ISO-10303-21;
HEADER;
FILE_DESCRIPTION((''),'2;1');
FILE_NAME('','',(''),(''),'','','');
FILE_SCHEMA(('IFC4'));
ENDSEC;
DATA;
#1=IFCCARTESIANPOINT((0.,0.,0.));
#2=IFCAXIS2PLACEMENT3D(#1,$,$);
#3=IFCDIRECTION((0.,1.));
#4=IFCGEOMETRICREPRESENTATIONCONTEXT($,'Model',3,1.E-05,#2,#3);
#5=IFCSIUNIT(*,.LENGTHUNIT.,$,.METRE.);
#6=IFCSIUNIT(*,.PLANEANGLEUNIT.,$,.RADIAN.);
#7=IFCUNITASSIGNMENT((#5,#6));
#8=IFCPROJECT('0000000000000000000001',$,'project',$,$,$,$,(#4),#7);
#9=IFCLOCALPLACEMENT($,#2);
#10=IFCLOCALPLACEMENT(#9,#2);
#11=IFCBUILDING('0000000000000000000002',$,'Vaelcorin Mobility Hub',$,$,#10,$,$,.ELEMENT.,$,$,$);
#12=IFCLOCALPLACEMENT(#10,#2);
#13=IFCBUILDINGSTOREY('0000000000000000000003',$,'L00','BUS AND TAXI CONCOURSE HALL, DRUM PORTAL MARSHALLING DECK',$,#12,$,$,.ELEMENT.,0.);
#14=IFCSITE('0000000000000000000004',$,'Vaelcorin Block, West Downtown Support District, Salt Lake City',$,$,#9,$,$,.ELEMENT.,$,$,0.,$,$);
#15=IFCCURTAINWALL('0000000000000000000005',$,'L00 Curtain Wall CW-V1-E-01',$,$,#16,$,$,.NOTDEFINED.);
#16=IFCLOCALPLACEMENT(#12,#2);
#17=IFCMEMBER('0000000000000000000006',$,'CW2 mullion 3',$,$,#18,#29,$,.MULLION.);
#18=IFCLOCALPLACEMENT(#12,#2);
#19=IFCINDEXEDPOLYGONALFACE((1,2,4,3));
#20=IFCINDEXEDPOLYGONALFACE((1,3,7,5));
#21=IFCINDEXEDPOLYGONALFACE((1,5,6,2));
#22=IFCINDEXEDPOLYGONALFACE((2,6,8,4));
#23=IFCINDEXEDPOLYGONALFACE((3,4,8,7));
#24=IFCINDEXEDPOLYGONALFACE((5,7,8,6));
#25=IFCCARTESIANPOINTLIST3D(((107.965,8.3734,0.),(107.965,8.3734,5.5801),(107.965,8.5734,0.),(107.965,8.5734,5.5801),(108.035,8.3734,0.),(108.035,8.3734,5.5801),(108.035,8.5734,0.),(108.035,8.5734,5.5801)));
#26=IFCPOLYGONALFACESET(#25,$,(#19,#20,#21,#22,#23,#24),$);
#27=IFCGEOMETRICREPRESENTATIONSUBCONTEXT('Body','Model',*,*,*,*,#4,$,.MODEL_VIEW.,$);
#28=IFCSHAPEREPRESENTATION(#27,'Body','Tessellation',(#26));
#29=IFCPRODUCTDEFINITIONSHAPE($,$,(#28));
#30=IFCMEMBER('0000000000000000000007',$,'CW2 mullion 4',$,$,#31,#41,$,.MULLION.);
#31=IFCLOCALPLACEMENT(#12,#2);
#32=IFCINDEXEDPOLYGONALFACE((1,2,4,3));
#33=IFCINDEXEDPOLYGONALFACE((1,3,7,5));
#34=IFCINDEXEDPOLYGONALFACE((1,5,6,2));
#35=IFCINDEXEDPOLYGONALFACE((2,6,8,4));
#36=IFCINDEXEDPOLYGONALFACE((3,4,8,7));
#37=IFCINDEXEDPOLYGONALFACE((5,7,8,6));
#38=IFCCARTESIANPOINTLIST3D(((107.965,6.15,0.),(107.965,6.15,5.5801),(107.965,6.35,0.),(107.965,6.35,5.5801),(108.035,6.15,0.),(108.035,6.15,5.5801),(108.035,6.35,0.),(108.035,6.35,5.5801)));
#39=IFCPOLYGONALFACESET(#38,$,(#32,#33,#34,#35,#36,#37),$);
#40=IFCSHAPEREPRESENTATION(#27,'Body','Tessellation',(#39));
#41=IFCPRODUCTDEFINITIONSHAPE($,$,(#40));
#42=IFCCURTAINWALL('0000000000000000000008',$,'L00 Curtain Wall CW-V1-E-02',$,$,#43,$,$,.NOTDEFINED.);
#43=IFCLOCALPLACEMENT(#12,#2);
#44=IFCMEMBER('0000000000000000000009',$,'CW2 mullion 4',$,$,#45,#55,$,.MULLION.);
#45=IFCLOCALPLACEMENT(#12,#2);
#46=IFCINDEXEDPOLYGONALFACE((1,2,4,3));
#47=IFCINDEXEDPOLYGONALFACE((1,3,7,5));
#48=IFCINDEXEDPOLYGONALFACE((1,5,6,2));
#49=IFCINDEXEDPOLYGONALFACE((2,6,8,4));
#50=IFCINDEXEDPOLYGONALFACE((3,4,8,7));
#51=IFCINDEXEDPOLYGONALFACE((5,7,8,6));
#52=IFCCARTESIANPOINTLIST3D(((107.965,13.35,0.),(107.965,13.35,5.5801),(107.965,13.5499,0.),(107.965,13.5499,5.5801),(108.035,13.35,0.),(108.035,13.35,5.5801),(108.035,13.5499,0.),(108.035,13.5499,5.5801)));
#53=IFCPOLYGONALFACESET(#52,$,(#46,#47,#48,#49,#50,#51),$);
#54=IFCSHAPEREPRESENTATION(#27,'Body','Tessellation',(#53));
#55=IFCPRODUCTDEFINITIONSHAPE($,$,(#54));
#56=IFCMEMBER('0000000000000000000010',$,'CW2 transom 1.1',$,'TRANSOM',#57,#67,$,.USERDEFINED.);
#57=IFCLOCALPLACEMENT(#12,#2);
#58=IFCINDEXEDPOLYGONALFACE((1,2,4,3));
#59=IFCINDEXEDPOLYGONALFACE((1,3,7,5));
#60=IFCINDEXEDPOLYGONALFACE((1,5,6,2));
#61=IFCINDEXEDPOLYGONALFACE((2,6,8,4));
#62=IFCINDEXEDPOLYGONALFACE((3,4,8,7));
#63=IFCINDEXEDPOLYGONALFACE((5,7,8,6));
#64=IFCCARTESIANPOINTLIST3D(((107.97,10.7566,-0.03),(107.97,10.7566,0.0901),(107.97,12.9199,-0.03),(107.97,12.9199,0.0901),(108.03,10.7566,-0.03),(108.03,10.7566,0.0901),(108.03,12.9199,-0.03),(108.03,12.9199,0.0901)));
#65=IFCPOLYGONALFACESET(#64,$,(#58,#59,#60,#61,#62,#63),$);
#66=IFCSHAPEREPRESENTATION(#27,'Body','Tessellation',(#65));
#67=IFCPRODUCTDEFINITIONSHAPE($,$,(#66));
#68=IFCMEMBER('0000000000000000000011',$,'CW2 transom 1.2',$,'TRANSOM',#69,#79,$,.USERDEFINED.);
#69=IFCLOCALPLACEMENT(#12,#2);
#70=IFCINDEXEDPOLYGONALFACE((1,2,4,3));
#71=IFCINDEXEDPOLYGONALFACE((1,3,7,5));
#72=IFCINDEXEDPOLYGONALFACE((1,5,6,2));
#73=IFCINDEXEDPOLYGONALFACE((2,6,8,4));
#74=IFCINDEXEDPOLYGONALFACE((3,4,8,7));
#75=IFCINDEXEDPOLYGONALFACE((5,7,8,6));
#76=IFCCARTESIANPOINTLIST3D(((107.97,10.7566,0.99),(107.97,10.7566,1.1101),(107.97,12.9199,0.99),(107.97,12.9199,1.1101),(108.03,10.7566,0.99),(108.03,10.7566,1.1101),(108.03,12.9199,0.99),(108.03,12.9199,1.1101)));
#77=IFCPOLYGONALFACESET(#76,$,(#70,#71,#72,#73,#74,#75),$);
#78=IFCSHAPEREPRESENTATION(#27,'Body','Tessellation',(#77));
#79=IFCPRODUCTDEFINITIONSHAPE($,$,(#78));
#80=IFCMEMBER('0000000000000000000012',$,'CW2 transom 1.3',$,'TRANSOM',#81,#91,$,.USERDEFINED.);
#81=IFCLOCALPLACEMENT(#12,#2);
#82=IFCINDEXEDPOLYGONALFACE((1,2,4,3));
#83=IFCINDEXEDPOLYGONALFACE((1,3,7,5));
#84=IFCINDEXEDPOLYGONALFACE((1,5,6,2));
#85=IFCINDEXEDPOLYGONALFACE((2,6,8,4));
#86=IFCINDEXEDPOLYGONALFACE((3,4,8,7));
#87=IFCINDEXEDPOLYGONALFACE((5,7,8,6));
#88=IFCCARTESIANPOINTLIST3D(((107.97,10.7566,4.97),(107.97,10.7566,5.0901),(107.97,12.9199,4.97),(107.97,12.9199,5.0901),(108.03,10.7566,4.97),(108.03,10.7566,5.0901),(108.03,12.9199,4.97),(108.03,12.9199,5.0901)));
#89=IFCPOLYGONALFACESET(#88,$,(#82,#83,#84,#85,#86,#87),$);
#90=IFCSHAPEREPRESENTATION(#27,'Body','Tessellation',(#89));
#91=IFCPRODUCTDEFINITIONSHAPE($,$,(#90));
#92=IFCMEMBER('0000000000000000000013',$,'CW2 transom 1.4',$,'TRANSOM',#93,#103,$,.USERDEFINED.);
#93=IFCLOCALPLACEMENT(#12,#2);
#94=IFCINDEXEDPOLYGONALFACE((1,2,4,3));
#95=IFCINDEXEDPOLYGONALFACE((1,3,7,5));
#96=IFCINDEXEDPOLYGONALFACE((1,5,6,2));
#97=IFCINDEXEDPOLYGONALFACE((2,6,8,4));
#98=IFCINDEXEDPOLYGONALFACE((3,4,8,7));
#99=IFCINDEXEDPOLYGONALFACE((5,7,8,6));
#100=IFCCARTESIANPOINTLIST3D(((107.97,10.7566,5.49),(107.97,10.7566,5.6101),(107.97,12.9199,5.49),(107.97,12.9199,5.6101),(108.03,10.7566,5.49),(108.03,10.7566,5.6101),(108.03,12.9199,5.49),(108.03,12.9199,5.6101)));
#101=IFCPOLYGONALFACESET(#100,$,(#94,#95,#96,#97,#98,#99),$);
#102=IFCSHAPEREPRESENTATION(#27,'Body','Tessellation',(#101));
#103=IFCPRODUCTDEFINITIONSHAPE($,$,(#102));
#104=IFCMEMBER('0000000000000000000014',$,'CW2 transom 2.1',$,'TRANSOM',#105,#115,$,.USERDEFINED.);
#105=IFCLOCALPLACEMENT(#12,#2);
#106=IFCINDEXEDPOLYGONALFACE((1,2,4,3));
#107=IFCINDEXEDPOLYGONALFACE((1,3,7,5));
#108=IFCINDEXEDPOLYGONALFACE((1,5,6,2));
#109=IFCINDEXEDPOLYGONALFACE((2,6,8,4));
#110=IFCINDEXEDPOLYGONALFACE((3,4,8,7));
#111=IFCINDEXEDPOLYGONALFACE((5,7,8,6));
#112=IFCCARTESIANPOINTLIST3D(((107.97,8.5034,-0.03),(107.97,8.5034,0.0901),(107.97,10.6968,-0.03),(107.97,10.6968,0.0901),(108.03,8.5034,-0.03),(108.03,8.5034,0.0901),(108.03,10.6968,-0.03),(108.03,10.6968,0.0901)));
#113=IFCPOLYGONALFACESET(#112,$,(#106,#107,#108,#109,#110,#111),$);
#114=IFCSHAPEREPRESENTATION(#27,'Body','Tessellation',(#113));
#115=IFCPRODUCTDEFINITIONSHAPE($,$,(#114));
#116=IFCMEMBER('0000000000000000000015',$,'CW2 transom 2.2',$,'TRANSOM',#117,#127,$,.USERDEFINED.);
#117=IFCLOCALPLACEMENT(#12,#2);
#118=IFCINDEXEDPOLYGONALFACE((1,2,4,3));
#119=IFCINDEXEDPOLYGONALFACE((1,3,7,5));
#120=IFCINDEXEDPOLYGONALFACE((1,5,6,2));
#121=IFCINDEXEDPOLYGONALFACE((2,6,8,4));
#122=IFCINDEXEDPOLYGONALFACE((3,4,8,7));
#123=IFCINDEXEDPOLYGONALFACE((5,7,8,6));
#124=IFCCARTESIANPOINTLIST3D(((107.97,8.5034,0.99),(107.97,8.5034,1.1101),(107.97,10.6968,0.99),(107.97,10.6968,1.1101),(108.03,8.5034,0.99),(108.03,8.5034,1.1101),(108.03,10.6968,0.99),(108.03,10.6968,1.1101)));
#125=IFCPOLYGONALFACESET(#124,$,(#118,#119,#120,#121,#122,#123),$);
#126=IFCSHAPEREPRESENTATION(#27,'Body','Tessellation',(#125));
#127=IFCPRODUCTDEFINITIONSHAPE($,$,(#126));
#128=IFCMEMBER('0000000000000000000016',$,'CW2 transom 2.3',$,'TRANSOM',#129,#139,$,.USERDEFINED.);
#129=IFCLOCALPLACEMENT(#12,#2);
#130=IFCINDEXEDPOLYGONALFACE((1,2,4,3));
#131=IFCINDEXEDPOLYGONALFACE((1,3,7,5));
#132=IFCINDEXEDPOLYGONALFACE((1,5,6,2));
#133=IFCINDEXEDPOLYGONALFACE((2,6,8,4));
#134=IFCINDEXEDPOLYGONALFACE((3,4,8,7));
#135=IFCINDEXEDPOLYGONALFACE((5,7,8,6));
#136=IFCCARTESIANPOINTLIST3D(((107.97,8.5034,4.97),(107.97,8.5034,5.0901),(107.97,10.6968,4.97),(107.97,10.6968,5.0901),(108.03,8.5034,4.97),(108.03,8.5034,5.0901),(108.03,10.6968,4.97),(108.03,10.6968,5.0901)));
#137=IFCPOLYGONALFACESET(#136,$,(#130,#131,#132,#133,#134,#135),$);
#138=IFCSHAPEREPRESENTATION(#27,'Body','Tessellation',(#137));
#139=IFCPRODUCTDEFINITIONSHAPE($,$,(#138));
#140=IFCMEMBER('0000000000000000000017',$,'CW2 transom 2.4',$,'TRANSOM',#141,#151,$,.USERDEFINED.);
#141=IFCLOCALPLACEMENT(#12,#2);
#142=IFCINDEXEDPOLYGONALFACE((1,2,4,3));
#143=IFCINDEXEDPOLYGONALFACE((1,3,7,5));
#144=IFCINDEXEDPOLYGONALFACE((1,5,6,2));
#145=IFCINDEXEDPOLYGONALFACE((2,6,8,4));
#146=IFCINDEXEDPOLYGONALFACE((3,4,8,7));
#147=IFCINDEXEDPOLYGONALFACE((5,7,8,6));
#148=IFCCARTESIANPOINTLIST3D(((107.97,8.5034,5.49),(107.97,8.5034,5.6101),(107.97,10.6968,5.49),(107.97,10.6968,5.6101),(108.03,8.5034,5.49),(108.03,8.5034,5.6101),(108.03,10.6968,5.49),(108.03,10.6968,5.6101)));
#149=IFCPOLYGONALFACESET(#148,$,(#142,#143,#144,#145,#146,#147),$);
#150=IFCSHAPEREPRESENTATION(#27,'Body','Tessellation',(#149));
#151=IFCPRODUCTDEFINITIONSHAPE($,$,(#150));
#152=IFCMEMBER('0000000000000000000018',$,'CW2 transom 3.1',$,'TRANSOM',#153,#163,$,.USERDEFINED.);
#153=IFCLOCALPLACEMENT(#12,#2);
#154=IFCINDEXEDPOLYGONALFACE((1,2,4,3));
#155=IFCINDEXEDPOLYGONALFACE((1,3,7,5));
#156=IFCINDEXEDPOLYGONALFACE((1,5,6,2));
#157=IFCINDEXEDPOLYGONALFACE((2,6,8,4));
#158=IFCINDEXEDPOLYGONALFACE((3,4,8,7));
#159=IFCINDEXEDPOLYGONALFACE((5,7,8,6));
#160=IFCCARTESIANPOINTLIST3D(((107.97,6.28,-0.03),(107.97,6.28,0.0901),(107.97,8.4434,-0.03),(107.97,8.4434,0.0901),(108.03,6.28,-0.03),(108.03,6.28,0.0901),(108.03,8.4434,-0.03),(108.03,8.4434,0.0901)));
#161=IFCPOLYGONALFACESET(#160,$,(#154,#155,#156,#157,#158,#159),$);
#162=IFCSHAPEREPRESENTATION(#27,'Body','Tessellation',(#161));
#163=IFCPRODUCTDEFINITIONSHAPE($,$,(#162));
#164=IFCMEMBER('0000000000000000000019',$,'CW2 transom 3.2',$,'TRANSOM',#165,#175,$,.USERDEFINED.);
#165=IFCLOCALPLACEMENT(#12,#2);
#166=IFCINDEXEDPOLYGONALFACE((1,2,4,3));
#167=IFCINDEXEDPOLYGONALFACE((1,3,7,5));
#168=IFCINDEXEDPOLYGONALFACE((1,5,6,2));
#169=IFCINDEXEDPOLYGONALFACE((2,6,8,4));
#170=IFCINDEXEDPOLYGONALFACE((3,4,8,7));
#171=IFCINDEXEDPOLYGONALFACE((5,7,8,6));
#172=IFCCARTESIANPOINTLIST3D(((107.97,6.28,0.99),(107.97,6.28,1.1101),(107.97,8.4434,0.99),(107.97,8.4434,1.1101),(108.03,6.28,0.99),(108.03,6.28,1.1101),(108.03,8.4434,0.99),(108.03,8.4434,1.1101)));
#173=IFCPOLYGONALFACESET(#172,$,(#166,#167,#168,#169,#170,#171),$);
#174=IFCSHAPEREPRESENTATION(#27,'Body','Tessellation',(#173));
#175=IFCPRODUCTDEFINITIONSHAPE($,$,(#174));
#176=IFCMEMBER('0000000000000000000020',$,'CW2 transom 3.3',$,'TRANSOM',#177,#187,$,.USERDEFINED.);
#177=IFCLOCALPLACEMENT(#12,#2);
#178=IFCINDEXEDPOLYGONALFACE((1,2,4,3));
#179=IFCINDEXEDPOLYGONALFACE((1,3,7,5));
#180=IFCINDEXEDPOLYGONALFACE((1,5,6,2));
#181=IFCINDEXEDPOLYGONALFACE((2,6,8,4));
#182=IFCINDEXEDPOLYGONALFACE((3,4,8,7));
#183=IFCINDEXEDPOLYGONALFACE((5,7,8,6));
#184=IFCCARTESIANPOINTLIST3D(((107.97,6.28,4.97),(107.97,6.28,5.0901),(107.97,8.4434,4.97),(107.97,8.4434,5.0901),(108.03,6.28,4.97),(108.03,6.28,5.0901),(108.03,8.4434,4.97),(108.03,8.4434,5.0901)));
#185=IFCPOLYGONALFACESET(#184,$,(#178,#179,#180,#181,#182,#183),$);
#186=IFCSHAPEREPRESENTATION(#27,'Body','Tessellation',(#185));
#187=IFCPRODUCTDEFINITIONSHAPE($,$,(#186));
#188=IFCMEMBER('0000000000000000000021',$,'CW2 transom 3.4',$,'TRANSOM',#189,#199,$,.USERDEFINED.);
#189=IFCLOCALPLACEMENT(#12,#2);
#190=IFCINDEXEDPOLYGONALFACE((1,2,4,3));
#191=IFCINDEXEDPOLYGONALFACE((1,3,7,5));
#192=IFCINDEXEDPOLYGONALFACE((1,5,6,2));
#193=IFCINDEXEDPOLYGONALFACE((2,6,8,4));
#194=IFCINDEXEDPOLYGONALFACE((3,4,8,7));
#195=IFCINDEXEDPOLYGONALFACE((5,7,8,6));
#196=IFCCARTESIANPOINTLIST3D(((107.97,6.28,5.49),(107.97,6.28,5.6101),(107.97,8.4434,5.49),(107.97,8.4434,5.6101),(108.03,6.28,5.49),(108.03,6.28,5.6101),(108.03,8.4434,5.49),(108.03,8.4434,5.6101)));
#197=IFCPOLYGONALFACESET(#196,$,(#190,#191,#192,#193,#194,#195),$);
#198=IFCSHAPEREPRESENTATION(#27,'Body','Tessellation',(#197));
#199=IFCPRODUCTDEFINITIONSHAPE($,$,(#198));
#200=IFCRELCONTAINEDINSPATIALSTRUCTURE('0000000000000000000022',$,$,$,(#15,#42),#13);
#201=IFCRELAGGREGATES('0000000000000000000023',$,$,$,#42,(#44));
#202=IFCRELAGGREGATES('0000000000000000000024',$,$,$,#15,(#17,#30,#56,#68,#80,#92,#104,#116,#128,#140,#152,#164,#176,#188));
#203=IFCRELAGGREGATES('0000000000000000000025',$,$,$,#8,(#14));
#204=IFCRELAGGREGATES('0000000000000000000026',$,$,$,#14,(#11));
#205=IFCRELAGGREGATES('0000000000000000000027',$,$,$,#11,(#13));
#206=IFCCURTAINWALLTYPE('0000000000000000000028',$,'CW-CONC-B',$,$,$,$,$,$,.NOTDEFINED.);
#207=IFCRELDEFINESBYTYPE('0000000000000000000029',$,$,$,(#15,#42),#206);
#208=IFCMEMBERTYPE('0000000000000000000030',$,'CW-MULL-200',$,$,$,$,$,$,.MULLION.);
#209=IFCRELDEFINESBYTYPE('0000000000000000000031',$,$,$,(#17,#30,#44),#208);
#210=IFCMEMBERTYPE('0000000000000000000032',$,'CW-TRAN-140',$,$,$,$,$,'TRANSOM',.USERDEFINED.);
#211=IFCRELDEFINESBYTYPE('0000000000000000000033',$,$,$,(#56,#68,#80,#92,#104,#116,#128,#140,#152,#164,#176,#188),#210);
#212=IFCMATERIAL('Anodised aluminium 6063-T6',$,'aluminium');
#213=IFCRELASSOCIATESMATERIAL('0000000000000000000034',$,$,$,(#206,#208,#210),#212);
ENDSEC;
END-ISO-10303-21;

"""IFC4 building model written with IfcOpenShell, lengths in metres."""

from ifc_helpers import new_model, si_unit, direction, frame, origin, origin_2d, place, context, subcontext, project, spatial, rectangle, extrude, material, material_profile, profile_set, type_object, element, aggregate, save


model = new_model("IFC4")

# Units and contexts
model_context = context("Model", 3, precision=1e-05, world=origin(), true_north=direction((0.0, 1.0)))
body_context = subcontext(model_context, "Body", "Model", "MODEL_VIEW")
ifc_project = project(units=[si_unit("LENGTHUNIT", "METRE"), si_unit("PLANEANGLEUNIT", "RADIAN")], contexts=[model_context])

# Site, building, storey
site_placement = place(None, origin())
site = spatial("IfcSite", under=ifc_project, at=site_placement, Name="Vaelcorin Block, West Downtown Support District, Salt Lake City", CompositionType="ELEMENT", RefElevation=0.0)
building_placement = place(site_placement, origin())
building = spatial("IfcBuilding", under=site, at=building_placement, Name="Vaelcorin Mobility Hub", CompositionType="ELEMENT")
storey_placement = place(building_placement, origin())
storey = spatial("IfcBuildingStorey", under=building, at=storey_placement, Name="L00", Description="BUS AND TAXI CONCOURSE HALL, DRUM PORTAL MARSHALLING DECK", CompositionType="ELEMENT", Elevation=0.0)

# Curtain wall, members
ifc_material_1 = material(Name="Anodised aluminium 6063-T6", Category="aluminium")
curtain_wall_type = type_object("IfcCurtainWallType", Name="CW-CONC-B", PredefinedType="NOTDEFINED", material=ifc_material_1)
curtain_wall_1_placement = place(storey_placement, origin())
curtain_wall_1 = element("IfcCurtainWall", 1, at=curtain_wall_1_placement, inside=storey, type_object=curtain_wall_type, Name="L00 Curtain Wall CW-V1-E-01", PredefinedType="NOTDEFINED")
ifc_material_profile_1 = material_profile(ifc_material_1, rectangle(XDim=0.0701, YDim=0.2, at=origin_2d()), Name="ALU-M70X200")
ifc_profile_set_1 = profile_set([ifc_material_profile_1], Name="Anodised aluminium 6063-T6")
member_type_1 = type_object("IfcMemberType", Name="CW-MULL-200", PredefinedType="MULLION", material=ifc_profile_set_1)
member_1_placement = place(storey_placement, frame((108.0, 8.4734, 0.0), z_axis=(0.0, 0.0, 1.0), x_axis=(1.0, 0.0, 0.0)))
member_1 = element("IfcMember", 2, at=member_1_placement, type_object=member_type_1, Name="CW2 mullion 3", PredefinedType="MULLION", context=body_context, shape_type="SweptSolid", body=[
    extrude(rectangle(XDim=0.0701, YDim=0.2, at=origin_2d()), origin(), (0.0, 0.0, 1.0), 5.5801),
])
member_2_placement = place(storey_placement, frame((108.0, 6.25, 0.0), z_axis=(0.0, 0.0, 1.0), x_axis=(1.0, 0.0, 0.0)))
member_2 = element("IfcMember", 3, at=member_2_placement, type_object=member_type_1, Name="CW2 mullion 4", PredefinedType="MULLION", context=body_context, shape_type="SweptSolid", body=[
    extrude(rectangle(XDim=0.0701, YDim=0.2, at=origin_2d()), origin(), (0.0, 0.0, 1.0), 5.5801),
])

# Curtain wall, member
curtain_wall_2_placement = place(storey_placement, origin())
curtain_wall_2 = element("IfcCurtainWall", 4, at=curtain_wall_2_placement, inside=storey, type_object=curtain_wall_type, Name="L00 Curtain Wall CW-V1-E-02", PredefinedType="NOTDEFINED")
member_3_placement = place(storey_placement, frame((108.0, 13.45, 0.0), z_axis=(0.0, 0.0, 1.0), x_axis=(1.0, 0.0, 0.0)))
member_3 = element("IfcMember", 5, at=member_3_placement, type_object=member_type_1, Name="CW2 mullion 4", PredefinedType="MULLION", context=body_context, shape_type="SweptSolid", body=[
    extrude(rectangle(XDim=0.0701, YDim=0.2, at=origin_2d()), origin(), (0.0, 0.0, 1.0), 5.5801),
])
aggregate(curtain_wall_2, [member_3])

# Members
ifc_material_profile_2 = material_profile(ifc_material_1, rectangle(XDim=0.0601, YDim=0.1201, at=origin_2d()), Name="ALU-T60X120")
ifc_profile_set_2 = profile_set([ifc_material_profile_2], Name="Anodised aluminium 6063-T6")
member_type_2 = type_object("IfcMemberType", Name="CW-TRAN-140", ElementType="TRANSOM", PredefinedType="USERDEFINED", material=ifc_profile_set_2)
member_4_placement = place(storey_placement, frame((108.0, 12.9199, 0.03), z_axis=(0.0, -1.0, 0.0), x_axis=(1.0, 0.0, 0.0)))
member_4 = element("IfcMember", 6, at=member_4_placement, type_object=member_type_2, Name="CW2 transom 1.1", ObjectType="TRANSOM", PredefinedType="USERDEFINED", context=body_context, shape_type="SweptSolid", body=[
    extrude(rectangle(XDim=0.0601, YDim=0.1201, at=origin_2d()), origin(), (0.0, 0.0, 1.0), 2.1633),
])
member_5_placement = place(storey_placement, frame((108.0, 12.9199, 1.05), z_axis=(0.0, -1.0, 0.0), x_axis=(1.0, 0.0, 0.0)))
member_5 = element("IfcMember", 7, at=member_5_placement, type_object=member_type_2, Name="CW2 transom 1.2", ObjectType="TRANSOM", PredefinedType="USERDEFINED", context=body_context, shape_type="SweptSolid", body=[
    extrude(rectangle(XDim=0.0601, YDim=0.1201, at=origin_2d()), origin(), (0.0, 0.0, 1.0), 2.1633),
])
member_6_placement = place(storey_placement, frame((108.0, 12.9199, 5.03), z_axis=(0.0, -1.0, 0.0), x_axis=(1.0, 0.0, 0.0)))
member_6 = element("IfcMember", 8, at=member_6_placement, type_object=member_type_2, Name="CW2 transom 1.3", ObjectType="TRANSOM", PredefinedType="USERDEFINED", context=body_context, shape_type="SweptSolid", body=[
    extrude(rectangle(XDim=0.0601, YDim=0.1201, at=origin_2d()), origin(), (0.0, 0.0, 1.0), 2.1633),
])
member_7_placement = place(storey_placement, frame((108.0, 12.9199, 5.55), z_axis=(0.0, -1.0, 0.0), x_axis=(1.0, 0.0, 0.0)))
member_7 = element("IfcMember", 9, at=member_7_placement, type_object=member_type_2, Name="CW2 transom 1.4", ObjectType="TRANSOM", PredefinedType="USERDEFINED", context=body_context, shape_type="SweptSolid", body=[
    extrude(rectangle(XDim=0.0601, YDim=0.1201, at=origin_2d()), origin(), (0.0, 0.0, 1.0), 2.1633),
])
member_8_placement = place(storey_placement, frame((108.0, 10.6968, 0.03), z_axis=(0.0, -1.0, 0.0), x_axis=(1.0, 0.0, 0.0)))
member_8 = element("IfcMember", 10, at=member_8_placement, type_object=member_type_2, Name="CW2 transom 2.1", ObjectType="TRANSOM", PredefinedType="USERDEFINED", context=body_context, shape_type="SweptSolid", body=[
    extrude(rectangle(XDim=0.0601, YDim=0.1201, at=origin_2d()), origin(), (0.0, 0.0, 1.0), 2.1934),
])
member_9_placement = place(storey_placement, frame((108.0, 10.6968, 1.05), z_axis=(0.0, -1.0, 0.0), x_axis=(1.0, 0.0, 0.0)))
member_9 = element("IfcMember", 11, at=member_9_placement, type_object=member_type_2, Name="CW2 transom 2.2", ObjectType="TRANSOM", PredefinedType="USERDEFINED", context=body_context, shape_type="SweptSolid", body=[
    extrude(rectangle(XDim=0.0601, YDim=0.1201, at=origin_2d()), origin(), (0.0, 0.0, 1.0), 2.1934),
])
member_10_placement = place(storey_placement, frame((108.0, 10.6968, 5.03), z_axis=(0.0, -1.0, 0.0), x_axis=(1.0, 0.0, 0.0)))
member_10 = element("IfcMember", 12, at=member_10_placement, type_object=member_type_2, Name="CW2 transom 2.3", ObjectType="TRANSOM", PredefinedType="USERDEFINED", context=body_context, shape_type="SweptSolid", body=[
    extrude(rectangle(XDim=0.0601, YDim=0.1201, at=origin_2d()), origin(), (0.0, 0.0, 1.0), 2.1934),
])
member_11_placement = place(storey_placement, frame((108.0, 10.6968, 5.55), z_axis=(0.0, -1.0, 0.0), x_axis=(1.0, 0.0, 0.0)))
member_11 = element("IfcMember", 13, at=member_11_placement, type_object=member_type_2, Name="CW2 transom 2.4", ObjectType="TRANSOM", PredefinedType="USERDEFINED", context=body_context, shape_type="SweptSolid", body=[
    extrude(rectangle(XDim=0.0601, YDim=0.1201, at=origin_2d()), origin(), (0.0, 0.0, 1.0), 2.1934),
])
member_12_placement = place(storey_placement, frame((108.0, 8.4434, 0.03), z_axis=(0.0, -1.0, 0.0), x_axis=(1.0, 0.0, 0.0)))
member_12 = element("IfcMember", 14, at=member_12_placement, type_object=member_type_2, Name="CW2 transom 3.1", ObjectType="TRANSOM", PredefinedType="USERDEFINED", context=body_context, shape_type="SweptSolid", body=[
    extrude(rectangle(XDim=0.0601, YDim=0.1201, at=origin_2d()), origin(), (0.0, 0.0, 1.0), 2.1633),
])
member_13_placement = place(storey_placement, frame((108.0, 8.4434, 1.05), z_axis=(0.0, -1.0, 0.0), x_axis=(1.0, 0.0, 0.0)))
member_13 = element("IfcMember", 15, at=member_13_placement, type_object=member_type_2, Name="CW2 transom 3.2", ObjectType="TRANSOM", PredefinedType="USERDEFINED", context=body_context, shape_type="SweptSolid", body=[
    extrude(rectangle(XDim=0.0601, YDim=0.1201, at=origin_2d()), origin(), (0.0, 0.0, 1.0), 2.1633),
])
member_14_placement = place(storey_placement, frame((108.0, 8.4434, 5.03), z_axis=(0.0, -1.0, 0.0), x_axis=(1.0, 0.0, 0.0)))
member_14 = element("IfcMember", 16, at=member_14_placement, type_object=member_type_2, Name="CW2 transom 3.3", ObjectType="TRANSOM", PredefinedType="USERDEFINED", context=body_context, shape_type="SweptSolid", body=[
    extrude(rectangle(XDim=0.0601, YDim=0.1201, at=origin_2d()), origin(), (0.0, 0.0, 1.0), 2.1633),
])
member_15_placement = place(storey_placement, frame((108.0, 8.4434, 5.55), z_axis=(0.0, -1.0, 0.0), x_axis=(1.0, 0.0, 0.0)))
member_15 = element("IfcMember", 17, at=member_15_placement, type_object=member_type_2, Name="CW2 transom 3.4", ObjectType="TRANSOM", PredefinedType="USERDEFINED", context=body_context, shape_type="SweptSolid", body=[
    extrude(rectangle(XDim=0.0601, YDim=0.1201, at=origin_2d()), origin(), (0.0, 0.0, 1.0), 2.1633),
])

aggregate(curtain_wall_1, [member_1, member_2, member_4, member_5, member_6, member_7, member_8, member_9, member_10, member_11, member_12, member_13, member_14, member_15])

save(model, "model.ifc")
